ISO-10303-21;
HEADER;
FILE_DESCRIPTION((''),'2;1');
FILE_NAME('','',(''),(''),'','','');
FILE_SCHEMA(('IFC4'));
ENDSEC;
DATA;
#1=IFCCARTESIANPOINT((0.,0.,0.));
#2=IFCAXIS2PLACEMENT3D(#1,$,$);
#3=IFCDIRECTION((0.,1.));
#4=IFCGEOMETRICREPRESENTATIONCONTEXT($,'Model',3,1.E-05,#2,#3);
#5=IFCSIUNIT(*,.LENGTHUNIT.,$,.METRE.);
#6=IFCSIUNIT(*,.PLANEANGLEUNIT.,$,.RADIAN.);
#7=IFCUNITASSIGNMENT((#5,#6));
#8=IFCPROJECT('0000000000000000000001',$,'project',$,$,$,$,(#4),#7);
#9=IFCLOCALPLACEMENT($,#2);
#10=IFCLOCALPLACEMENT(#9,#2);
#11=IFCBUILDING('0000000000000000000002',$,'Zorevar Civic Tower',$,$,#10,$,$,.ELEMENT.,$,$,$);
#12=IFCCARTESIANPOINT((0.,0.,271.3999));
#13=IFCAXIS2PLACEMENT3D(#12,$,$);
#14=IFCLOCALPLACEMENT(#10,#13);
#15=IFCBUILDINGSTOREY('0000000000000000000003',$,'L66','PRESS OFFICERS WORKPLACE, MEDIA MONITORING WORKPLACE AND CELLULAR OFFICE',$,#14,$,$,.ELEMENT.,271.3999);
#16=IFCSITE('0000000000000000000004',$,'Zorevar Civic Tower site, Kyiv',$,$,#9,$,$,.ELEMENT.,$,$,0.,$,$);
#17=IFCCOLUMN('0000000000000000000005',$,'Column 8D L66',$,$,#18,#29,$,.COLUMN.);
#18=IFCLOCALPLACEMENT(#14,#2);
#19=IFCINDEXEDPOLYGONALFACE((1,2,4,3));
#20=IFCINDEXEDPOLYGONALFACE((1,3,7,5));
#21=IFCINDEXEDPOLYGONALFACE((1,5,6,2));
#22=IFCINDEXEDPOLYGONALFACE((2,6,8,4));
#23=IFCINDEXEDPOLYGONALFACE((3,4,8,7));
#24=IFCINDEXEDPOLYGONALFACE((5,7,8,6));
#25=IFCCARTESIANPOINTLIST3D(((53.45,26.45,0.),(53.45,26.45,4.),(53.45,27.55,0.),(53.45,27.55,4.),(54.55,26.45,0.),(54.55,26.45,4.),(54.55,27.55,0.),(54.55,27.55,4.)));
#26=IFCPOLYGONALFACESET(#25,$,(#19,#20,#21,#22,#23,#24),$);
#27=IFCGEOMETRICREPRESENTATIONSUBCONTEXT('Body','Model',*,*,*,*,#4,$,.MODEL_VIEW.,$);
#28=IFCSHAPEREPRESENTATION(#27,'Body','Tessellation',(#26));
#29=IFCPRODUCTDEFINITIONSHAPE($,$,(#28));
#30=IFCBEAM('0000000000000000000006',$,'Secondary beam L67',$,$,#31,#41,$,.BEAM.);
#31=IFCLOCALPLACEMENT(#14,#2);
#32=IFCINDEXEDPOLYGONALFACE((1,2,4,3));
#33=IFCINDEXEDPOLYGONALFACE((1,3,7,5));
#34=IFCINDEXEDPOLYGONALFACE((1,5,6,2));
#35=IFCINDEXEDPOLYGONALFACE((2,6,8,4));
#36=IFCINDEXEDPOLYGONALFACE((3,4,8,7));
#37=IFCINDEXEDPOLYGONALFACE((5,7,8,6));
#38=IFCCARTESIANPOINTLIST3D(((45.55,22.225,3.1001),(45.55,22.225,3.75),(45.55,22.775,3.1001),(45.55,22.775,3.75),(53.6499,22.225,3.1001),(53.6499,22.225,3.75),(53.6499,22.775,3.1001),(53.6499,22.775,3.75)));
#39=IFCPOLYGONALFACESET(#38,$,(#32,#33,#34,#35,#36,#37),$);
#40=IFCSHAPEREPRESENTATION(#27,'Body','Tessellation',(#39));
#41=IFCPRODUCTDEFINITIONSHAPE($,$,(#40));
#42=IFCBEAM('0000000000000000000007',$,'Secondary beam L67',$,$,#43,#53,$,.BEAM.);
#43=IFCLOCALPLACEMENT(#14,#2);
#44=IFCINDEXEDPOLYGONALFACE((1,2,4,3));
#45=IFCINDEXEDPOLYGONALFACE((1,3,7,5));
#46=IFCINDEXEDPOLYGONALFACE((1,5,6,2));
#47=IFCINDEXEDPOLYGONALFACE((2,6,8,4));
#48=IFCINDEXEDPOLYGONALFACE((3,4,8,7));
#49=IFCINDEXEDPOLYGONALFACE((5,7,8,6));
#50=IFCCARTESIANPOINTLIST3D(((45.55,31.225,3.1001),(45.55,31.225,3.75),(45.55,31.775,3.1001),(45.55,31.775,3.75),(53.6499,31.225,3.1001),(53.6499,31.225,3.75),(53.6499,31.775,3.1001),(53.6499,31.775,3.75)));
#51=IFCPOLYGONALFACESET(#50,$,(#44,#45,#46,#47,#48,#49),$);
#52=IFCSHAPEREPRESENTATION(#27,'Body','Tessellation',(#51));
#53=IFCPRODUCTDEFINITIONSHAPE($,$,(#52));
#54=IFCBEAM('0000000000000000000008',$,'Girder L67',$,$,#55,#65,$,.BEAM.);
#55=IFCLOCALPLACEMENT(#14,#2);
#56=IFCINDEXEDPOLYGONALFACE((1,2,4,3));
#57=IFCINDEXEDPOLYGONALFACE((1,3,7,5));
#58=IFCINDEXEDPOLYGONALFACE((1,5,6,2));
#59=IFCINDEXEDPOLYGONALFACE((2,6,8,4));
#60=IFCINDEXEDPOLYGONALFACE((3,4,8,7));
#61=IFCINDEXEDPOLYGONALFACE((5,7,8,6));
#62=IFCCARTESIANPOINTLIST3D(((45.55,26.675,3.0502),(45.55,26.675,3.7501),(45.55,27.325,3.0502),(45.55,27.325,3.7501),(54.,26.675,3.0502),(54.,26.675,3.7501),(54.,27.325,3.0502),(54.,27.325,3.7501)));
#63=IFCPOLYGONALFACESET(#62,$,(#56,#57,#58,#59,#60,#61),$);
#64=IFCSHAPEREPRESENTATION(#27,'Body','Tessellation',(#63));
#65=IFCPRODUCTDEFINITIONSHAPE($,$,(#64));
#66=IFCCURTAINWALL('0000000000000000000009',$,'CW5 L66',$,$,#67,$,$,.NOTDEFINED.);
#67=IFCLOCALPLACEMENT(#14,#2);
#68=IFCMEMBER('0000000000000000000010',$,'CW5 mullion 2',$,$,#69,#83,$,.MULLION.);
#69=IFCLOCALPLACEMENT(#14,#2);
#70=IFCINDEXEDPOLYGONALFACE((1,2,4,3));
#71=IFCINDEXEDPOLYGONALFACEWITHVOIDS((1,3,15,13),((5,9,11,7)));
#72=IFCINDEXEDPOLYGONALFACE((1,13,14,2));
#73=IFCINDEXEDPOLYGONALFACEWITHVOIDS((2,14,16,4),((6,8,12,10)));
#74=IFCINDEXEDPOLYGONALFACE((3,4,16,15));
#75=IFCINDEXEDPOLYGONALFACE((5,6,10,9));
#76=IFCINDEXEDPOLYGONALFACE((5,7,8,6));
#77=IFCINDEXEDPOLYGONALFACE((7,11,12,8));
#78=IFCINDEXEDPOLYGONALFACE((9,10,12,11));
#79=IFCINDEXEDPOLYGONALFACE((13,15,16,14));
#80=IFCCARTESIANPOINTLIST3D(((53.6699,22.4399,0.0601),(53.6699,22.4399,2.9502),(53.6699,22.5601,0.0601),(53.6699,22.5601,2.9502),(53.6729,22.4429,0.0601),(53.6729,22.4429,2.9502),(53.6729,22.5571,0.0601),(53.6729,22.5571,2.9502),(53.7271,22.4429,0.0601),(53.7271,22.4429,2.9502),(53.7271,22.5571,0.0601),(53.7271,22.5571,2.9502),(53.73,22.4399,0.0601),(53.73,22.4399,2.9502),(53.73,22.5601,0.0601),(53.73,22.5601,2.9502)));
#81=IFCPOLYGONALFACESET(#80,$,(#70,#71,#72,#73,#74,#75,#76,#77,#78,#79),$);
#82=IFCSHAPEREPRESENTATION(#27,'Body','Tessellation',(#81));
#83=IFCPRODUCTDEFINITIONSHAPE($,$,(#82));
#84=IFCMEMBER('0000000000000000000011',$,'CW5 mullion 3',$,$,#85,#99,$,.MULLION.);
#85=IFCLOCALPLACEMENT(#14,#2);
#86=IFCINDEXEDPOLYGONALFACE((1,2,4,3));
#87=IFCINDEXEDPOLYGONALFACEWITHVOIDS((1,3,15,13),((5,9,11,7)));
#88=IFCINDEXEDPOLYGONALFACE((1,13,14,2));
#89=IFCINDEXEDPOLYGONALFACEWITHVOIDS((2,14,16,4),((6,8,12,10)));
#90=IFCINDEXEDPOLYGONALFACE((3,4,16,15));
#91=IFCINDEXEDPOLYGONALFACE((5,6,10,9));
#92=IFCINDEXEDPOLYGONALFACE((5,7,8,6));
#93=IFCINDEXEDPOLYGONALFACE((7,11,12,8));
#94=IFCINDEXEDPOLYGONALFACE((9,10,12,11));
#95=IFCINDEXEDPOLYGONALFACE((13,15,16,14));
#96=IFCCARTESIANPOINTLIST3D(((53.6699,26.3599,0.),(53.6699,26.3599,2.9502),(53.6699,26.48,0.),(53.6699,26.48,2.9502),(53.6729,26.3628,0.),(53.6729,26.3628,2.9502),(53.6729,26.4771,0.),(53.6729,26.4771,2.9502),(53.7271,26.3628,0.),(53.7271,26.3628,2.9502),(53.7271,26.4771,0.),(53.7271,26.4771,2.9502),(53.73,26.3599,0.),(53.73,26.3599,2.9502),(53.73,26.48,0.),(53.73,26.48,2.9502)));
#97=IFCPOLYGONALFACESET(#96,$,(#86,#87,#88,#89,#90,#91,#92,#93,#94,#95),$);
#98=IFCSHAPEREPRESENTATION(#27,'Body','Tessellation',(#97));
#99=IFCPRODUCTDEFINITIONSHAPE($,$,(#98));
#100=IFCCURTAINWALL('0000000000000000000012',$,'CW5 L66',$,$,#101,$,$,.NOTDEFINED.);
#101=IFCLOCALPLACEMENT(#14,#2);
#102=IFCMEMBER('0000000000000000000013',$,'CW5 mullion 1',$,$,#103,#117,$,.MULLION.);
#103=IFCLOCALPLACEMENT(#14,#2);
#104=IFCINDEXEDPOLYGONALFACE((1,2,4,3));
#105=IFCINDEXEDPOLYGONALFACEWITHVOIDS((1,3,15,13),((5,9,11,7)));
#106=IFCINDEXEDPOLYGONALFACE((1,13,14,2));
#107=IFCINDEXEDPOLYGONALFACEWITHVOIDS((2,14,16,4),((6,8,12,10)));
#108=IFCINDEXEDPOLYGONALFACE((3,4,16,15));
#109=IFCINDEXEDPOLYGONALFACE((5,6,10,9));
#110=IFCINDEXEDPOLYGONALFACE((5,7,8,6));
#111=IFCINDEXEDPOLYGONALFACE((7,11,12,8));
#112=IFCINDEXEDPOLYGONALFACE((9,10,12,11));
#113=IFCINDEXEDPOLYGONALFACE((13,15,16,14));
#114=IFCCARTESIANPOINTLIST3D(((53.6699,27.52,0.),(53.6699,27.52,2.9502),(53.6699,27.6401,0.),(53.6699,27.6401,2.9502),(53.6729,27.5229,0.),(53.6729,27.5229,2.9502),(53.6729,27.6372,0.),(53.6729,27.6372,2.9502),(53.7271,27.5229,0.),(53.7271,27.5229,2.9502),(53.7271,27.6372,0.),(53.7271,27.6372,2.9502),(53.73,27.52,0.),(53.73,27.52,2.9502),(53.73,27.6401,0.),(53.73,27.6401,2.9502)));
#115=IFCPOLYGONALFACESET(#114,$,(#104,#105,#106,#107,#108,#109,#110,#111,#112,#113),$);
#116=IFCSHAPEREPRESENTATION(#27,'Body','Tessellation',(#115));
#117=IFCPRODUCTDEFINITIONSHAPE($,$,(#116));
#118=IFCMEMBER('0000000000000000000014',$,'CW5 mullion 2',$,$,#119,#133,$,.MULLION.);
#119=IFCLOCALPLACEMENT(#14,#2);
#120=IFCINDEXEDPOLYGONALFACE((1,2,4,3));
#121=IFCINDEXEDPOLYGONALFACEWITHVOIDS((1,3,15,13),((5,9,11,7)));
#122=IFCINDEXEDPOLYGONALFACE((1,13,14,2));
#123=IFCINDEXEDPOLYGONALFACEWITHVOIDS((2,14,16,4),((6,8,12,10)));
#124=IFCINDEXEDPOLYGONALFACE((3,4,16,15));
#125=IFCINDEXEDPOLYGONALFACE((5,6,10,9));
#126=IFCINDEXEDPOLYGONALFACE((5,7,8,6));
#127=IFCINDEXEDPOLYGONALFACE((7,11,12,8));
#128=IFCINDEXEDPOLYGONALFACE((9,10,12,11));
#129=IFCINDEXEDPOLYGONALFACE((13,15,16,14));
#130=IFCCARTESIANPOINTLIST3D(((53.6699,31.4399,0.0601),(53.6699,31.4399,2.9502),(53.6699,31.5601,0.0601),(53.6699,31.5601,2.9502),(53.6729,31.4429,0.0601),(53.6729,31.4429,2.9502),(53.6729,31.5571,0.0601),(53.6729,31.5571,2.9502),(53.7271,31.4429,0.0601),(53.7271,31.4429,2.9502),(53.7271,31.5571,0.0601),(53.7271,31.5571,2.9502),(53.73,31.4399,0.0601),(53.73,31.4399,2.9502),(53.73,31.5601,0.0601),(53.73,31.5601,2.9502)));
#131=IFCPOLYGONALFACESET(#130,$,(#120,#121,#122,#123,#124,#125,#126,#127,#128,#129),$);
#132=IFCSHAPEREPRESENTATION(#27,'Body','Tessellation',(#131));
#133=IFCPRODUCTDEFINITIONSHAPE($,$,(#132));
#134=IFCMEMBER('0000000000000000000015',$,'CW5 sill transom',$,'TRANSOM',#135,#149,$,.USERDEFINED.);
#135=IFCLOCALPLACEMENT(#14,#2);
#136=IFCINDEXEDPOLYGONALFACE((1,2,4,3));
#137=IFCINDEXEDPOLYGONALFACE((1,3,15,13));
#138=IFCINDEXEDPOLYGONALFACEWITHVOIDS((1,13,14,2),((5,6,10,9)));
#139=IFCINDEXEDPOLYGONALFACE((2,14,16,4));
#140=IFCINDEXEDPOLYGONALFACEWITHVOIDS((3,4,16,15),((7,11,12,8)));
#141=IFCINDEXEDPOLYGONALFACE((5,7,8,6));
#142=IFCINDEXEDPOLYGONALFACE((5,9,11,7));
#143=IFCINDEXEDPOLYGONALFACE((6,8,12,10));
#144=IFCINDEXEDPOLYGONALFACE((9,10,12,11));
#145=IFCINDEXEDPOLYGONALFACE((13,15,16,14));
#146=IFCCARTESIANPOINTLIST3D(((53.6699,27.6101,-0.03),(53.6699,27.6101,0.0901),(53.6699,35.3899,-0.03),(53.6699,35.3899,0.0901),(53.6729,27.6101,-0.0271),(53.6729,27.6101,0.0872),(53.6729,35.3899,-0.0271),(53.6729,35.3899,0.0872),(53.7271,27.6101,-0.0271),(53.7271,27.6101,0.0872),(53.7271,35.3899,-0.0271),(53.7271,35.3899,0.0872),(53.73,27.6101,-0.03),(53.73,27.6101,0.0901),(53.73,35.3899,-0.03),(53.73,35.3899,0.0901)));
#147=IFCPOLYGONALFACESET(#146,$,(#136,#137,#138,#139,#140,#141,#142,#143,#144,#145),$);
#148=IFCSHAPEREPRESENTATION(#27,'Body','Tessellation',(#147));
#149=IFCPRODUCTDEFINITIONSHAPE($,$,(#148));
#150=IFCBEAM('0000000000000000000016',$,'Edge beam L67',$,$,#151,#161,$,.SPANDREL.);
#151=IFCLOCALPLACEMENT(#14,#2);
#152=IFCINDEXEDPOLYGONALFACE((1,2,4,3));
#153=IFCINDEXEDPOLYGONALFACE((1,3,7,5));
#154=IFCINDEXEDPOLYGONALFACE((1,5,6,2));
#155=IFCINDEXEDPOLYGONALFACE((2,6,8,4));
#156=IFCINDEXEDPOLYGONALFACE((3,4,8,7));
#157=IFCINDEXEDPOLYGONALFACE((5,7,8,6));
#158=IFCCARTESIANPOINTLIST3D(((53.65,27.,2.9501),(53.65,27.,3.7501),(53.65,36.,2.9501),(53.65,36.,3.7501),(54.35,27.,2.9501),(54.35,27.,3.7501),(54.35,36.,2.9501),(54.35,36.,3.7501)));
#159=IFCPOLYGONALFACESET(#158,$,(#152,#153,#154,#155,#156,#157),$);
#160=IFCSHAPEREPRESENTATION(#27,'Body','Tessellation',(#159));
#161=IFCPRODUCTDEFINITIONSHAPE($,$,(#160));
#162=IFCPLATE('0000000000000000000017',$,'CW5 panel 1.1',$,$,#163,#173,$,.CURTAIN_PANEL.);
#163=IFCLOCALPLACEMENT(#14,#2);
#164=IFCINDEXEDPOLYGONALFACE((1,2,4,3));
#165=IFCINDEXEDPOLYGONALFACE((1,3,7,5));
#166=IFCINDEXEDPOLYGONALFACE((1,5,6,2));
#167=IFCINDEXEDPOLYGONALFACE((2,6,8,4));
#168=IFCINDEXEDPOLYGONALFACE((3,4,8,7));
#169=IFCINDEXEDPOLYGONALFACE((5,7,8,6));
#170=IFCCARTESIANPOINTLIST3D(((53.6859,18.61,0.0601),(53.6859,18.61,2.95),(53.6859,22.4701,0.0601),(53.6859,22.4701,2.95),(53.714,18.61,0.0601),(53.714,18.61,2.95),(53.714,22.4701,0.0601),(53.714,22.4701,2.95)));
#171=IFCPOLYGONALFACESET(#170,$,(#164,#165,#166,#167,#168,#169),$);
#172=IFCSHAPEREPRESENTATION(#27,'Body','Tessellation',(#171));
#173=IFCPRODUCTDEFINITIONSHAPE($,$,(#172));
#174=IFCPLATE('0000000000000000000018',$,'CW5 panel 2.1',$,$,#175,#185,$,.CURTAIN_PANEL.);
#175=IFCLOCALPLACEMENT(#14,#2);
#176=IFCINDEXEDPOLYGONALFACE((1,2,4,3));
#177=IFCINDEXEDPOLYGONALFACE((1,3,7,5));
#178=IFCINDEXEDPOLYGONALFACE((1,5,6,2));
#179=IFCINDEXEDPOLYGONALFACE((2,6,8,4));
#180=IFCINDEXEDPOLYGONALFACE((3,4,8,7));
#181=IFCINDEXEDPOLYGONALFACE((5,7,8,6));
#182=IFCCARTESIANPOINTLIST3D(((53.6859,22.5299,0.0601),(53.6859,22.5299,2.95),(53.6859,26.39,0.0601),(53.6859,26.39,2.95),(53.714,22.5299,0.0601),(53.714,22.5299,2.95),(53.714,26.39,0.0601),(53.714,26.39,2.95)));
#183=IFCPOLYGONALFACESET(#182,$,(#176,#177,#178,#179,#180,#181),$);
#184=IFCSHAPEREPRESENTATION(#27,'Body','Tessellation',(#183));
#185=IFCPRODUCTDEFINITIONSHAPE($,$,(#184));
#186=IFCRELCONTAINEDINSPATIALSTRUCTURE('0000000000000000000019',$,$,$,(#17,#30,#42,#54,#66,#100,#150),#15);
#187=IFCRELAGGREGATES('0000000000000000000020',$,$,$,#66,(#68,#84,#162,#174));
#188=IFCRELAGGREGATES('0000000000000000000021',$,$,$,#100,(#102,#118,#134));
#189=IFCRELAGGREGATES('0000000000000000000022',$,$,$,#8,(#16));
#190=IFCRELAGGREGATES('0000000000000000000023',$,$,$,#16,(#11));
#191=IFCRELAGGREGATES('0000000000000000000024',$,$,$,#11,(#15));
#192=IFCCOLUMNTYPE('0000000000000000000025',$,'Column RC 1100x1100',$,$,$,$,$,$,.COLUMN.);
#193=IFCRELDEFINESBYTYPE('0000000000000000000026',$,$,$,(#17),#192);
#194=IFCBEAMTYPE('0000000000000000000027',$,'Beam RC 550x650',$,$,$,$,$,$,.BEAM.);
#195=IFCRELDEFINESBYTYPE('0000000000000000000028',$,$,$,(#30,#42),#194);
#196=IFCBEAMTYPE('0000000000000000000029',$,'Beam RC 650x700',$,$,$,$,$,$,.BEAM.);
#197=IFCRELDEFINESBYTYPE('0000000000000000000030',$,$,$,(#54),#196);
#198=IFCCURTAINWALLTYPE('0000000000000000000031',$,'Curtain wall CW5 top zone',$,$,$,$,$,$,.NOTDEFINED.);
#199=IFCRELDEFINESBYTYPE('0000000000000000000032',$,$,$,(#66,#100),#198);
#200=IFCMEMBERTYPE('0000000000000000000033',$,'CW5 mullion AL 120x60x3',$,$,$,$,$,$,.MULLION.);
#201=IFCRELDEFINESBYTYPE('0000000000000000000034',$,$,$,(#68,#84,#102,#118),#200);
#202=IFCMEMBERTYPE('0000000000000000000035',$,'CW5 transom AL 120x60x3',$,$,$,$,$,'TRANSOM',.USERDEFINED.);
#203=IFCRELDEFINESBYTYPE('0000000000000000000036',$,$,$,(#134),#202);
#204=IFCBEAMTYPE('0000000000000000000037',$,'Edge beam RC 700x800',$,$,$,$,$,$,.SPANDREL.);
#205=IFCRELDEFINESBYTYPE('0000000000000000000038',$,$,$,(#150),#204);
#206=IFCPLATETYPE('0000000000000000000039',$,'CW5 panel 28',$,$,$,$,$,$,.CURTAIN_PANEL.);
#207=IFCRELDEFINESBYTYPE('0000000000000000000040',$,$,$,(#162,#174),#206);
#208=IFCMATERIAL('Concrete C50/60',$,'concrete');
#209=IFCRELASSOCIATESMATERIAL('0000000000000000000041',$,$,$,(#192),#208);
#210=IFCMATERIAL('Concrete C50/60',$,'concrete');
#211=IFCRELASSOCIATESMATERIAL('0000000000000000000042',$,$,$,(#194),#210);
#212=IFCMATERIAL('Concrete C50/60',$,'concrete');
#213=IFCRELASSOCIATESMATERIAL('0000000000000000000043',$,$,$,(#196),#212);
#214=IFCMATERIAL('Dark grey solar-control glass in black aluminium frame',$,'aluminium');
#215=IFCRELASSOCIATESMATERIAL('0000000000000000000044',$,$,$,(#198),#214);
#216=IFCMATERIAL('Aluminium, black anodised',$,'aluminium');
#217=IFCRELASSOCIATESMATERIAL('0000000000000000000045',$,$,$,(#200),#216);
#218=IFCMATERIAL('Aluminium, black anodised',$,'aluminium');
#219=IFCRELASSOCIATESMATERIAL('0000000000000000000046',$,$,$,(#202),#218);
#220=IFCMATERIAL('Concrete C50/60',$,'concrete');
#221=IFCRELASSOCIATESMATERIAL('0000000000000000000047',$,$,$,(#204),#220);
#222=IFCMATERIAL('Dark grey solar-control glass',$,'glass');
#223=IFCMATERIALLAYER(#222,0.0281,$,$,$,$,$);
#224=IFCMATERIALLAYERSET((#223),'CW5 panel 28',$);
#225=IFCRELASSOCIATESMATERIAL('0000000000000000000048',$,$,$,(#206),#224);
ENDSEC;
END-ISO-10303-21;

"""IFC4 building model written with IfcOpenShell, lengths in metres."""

from ifc_helpers import new_model, si_unit, direction, frame, origin, origin_2d, place, context, subcontext, project, spatial, rectangle, hollow_rectangle, extrude, material, layer, layer_set, material_profile, profile_set, type_object, element, aggregate, save


model = new_model("IFC4")

# Units and contexts
model_context = context("Model", 3, precision=1e-05, world=origin(), true_north=direction((0.0, 1.0)))
body_context = subcontext(model_context, "Body", "Model", "MODEL_VIEW")
ifc_project = project(units=[si_unit("LENGTHUNIT", "METRE"), si_unit("PLANEANGLEUNIT", "RADIAN")], contexts=[model_context])

# Site, building, storey
site_placement = place(None, origin())
site = spatial("IfcSite", under=ifc_project, at=site_placement, Name="Zorevar Civic Tower site, Kyiv", CompositionType="ELEMENT", RefElevation=0.0)
building_placement = place(site_placement, origin())
building = spatial("IfcBuilding", under=site, at=building_placement, Name="Zorevar Civic Tower", CompositionType="ELEMENT")
storey_placement = place(building_placement, frame((0.0, 0.0, 271.3999)))
storey = spatial("IfcBuildingStorey", under=building, at=storey_placement, Name="L66", Description="PRESS OFFICERS WORKPLACE, MEDIA MONITORING WORKPLACE AND CELLULAR OFFICE", CompositionType="ELEMENT", Elevation=271.3999)

# Column
ifc_material_1 = material(Name="Concrete C50/60", Category="concrete")
ifc_material_profile_1 = material_profile(ifc_material_1, rectangle(XDim=1.1001, YDim=1.1001, at=origin_2d()), Name="RC 1100x1100")
ifc_profile_set_1 = profile_set([ifc_material_profile_1], Name="Concrete C50/60")
column_type = type_object("IfcColumnType", Name="Column RC 1100x1100", PredefinedType="COLUMN", material=ifc_profile_set_1)
column_placement = place(storey_placement, frame((54.0, 27.0, 0.0), z_axis=(0.0, 0.0, 1.0), x_axis=(1.0, 0.0, 0.0)))
element("IfcColumn", 1, at=column_placement, inside=storey, type_object=column_type, Name="Column 8D L66", PredefinedType="COLUMN", context=body_context, shape_type="SweptSolid", body=[
    extrude(rectangle(XDim=1.1001, YDim=1.1001, at=origin_2d()), origin(), (0.0, 0.0, 1.0), 4.0),
])

# Beams
ifc_material_2 = material(Name="Concrete C50/60", Category="concrete")
ifc_material_profile_2 = material_profile(ifc_material_2, rectangle(XDim=0.55, YDim=0.6499, at=origin_2d()), Name="RC 550x650")
ifc_profile_set_2 = profile_set([ifc_material_profile_2], Name="Concrete C50/60")
beam_type_1 = type_object("IfcBeamType", Name="Beam RC 550x650", PredefinedType="BEAM", material=ifc_profile_set_2)
for number, where, z_axis, x_axis, name in (
    (2, (45.55, 22.5, 3.425), (1.0, 0.0, 0.0), (0.0, 1.0, 0.0), "Secondary beam L67"),
    (3, (45.55, 31.5, 3.425), (1.0, 0.0, 0.0), (0.0, 1.0, 0.0), "Secondary beam L67"),
):
    element("IfcBeam", number, at=place(storey_placement, frame(where, z_axis=z_axis, x_axis=x_axis)), inside=storey, type_object=beam_type_1, Name=name, PredefinedType="BEAM", context=body_context, shape_type="SweptSolid", body=[
        extrude(rectangle(XDim=0.55, YDim=0.6499, at=origin_2d()), origin(), (0.0, 0.0, 1.0), 8.0999),
    ])
ifc_material_3 = material(Name="Concrete C50/60", Category="concrete")
ifc_material_profile_3 = material_profile(ifc_material_3, rectangle(XDim=0.6499, YDim=0.7, at=origin_2d()), Name="RC 650x700")
ifc_profile_set_3 = profile_set([ifc_material_profile_3], Name="Concrete C50/60")
beam_type_2 = type_object("IfcBeamType", Name="Beam RC 650x700", PredefinedType="BEAM", material=ifc_profile_set_3)
beam_1_placement = place(storey_placement, frame((45.55, 27.0, 3.4001), z_axis=(1.0, 0.0, 0.0), x_axis=(0.0, 1.0, 0.0)))
element("IfcBeam", 4, at=beam_1_placement, inside=storey, type_object=beam_type_2, Name="Girder L67", PredefinedType="BEAM", context=body_context, shape_type="SweptSolid", body=[
    extrude(rectangle(XDim=0.6499, YDim=0.7, at=origin_2d()), origin(), (0.0, 0.0, 1.0), 8.45),
])

# Curtain walls, members
ifc_material_4 = material(Name="Dark grey solar-control glass in black aluminium frame", Category="aluminium")
curtain_wall_type = type_object("IfcCurtainWallType", Name="Curtain wall CW5 top zone", PredefinedType="NOTDEFINED", material=ifc_material_4)
curtain_wall_1_placement = place(storey_placement, origin())
curtain_wall_1 = element("IfcCurtainWall", 5, at=curtain_wall_1_placement, inside=storey, type_object=curtain_wall_type, Name="CW5 L66", PredefinedType="NOTDEFINED")
ifc_material_5 = material(Name="Aluminium, black anodised", Category="aluminium")
ifc_material_profile_4 = material_profile(ifc_material_5, hollow_rectangle(XDim=0.0601, YDim=0.1201, WallThickness=0.0029, at=origin_2d()), Name="AL 120x60x3")
ifc_profile_set_4 = profile_set([ifc_material_profile_4], Name="Aluminium, black anodised")
member_type_1 = type_object("IfcMemberType", Name="CW5 mullion AL 120x60x3", PredefinedType="MULLION", material=ifc_profile_set_4)
member_1_placement = place(storey_placement, frame((53.7, 22.5, 0.0601), z_axis=(0.0, 0.0, 1.0), x_axis=(-1.0, 0.0, 0.0)))
member_1 = element("IfcMember", 6, at=member_1_placement, type_object=member_type_1, Name="CW5 mullion 2", PredefinedType="MULLION", context=body_context, shape_type="SweptSolid", body=[
    extrude(hollow_rectangle(XDim=0.0601, YDim=0.1201, WallThickness=0.0029, at=origin_2d()), origin(), (0.0, 0.0, 1.0), 2.8901),
])
member_2_placement = place(storey_placement, frame((53.7, 26.4199, 0.0), z_axis=(0.0, 0.0, 1.0), x_axis=(-1.0, 0.0, 0.0)))
member_2 = element("IfcMember", 7, at=member_2_placement, type_object=member_type_1, Name="CW5 mullion 3", PredefinedType="MULLION", context=body_context, shape_type="SweptSolid", body=[
    extrude(hollow_rectangle(XDim=0.0601, YDim=0.1201, WallThickness=0.0029, at=origin_2d()), origin(), (0.0, 0.0, 1.0), 2.9502),
])
curtain_wall_2_placement = place(storey_placement, origin())
curtain_wall_2 = element("IfcCurtainWall", 8, at=curtain_wall_2_placement, inside=storey, type_object=curtain_wall_type, Name="CW5 L66", PredefinedType="NOTDEFINED")
member_3_placement = place(storey_placement, frame((53.7, 27.5801, 0.0), z_axis=(0.0, 0.0, 1.0), x_axis=(-1.0, 0.0, 0.0)))
member_3 = element("IfcMember", 9, at=member_3_placement, type_object=member_type_1, Name="CW5 mullion 1", PredefinedType="MULLION", context=body_context, shape_type="SweptSolid", body=[
    extrude(hollow_rectangle(XDim=0.0601, YDim=0.1201, WallThickness=0.0029, at=origin_2d()), origin(), (0.0, 0.0, 1.0), 2.9502),
])
member_4_placement = place(storey_placement, frame((53.7, 31.5, 0.0601), z_axis=(0.0, 0.0, 1.0), x_axis=(-1.0, 0.0, 0.0)))
member_4 = element("IfcMember", 10, at=member_4_placement, type_object=member_type_1, Name="CW5 mullion 2", PredefinedType="MULLION", context=body_context, shape_type="SweptSolid", body=[
    extrude(hollow_rectangle(XDim=0.0601, YDim=0.1201, WallThickness=0.0029, at=origin_2d()), origin(), (0.0, 0.0, 1.0), 2.8901),
])
ifc_material_6 = material(Name="Aluminium, black anodised", Category="aluminium")
ifc_material_profile_5 = material_profile(ifc_material_6, hollow_rectangle(XDim=0.0601, YDim=0.1201, WallThickness=0.0029, at=origin_2d()), Name="AL 120x60x3")
ifc_profile_set_5 = profile_set([ifc_material_profile_5], Name="Aluminium, black anodised")
member_type_2 = type_object("IfcMemberType", Name="CW5 transom AL 120x60x3", ElementType="TRANSOM", PredefinedType="USERDEFINED", material=ifc_profile_set_5)
member_5_placement = place(storey_placement, frame((53.7, 27.6101, 0.03), z_axis=(0.0, 1.0, 0.0), x_axis=(-1.0, 0.0, 0.0)))
member_5 = element("IfcMember", 11, at=member_5_placement, type_object=member_type_2, Name="CW5 sill transom", ObjectType="TRANSOM", PredefinedType="USERDEFINED", context=body_context, shape_type="SweptSolid", body=[
    extrude(hollow_rectangle(XDim=0.0601, YDim=0.1201, WallThickness=0.0029, at=origin_2d()), origin(), (0.0, 0.0, 1.0), 7.7798),
])

# Beam
ifc_material_7 = material(Name="Concrete C50/60", Category="concrete")
ifc_material_profile_6 = material_profile(ifc_material_7, rectangle(XDim=0.7, YDim=0.8, at=origin_2d()), Name="RC 700x800")
ifc_profile_set_6 = profile_set([ifc_material_profile_6], Name="Concrete C50/60")
beam_type_3 = type_object("IfcBeamType", Name="Edge beam RC 700x800", PredefinedType="SPANDREL", material=ifc_profile_set_6)
beam_2_placement = place(storey_placement, frame((54.0, 27.0, 3.3501), z_axis=(0.0, 1.0, 0.0), x_axis=(-1.0, 0.0, 0.0)))
element("IfcBeam", 12, at=beam_2_placement, inside=storey, type_object=beam_type_3, Name="Edge beam L67", PredefinedType="SPANDREL", context=body_context, shape_type="SweptSolid", body=[
    extrude(rectangle(XDim=0.7, YDim=0.8, at=origin_2d()), origin(), (0.0, 0.0, 1.0), 9.0),
])

# Plates
ifc_material_8 = material(Name="Dark grey solar-control glass", Category="glass")
ifc_layer_1 = layer(ifc_material_8, 0.0281)
ifc_layer_set_1 = layer_set([ifc_layer_1], Name="CW5 panel 28")
plate_type = type_object("IfcPlateType", Name="CW5 panel 28", PredefinedType="CURTAIN_PANEL", material=ifc_layer_set_1)
plate_1_placement = place(storey_placement, frame((53.7, 20.54, 0.0601), z_axis=(0.0, 0.0, 1.0), x_axis=(0.0, 1.0, 0.0)))
plate_1 = element("IfcPlate", 13, at=plate_1_placement, type_object=plate_type, Name="CW5 panel 1.1", PredefinedType="CURTAIN_PANEL", context=body_context, shape_type="SweptSolid", body=[
    extrude(rectangle(XDim=3.8601, YDim=0.0281, at=origin_2d()), origin(), (0.0, 0.0, 1.0), 2.8899),
])
plate_2_placement = place(storey_placement, frame((53.7, 24.46, 0.0601), z_axis=(0.0, 0.0, 1.0), x_axis=(0.0, 1.0, 0.0)))
plate_2 = element("IfcPlate", 14, at=plate_2_placement, type_object=plate_type, Name="CW5 panel 2.1", PredefinedType="CURTAIN_PANEL", context=body_context, shape_type="SweptSolid", body=[
    extrude(rectangle(XDim=3.8601, YDim=0.0281, at=origin_2d()), origin(), (0.0, 0.0, 1.0), 2.8899),
])
aggregate(curtain_wall_1, [member_1, member_2, plate_1, plate_2])
aggregate(curtain_wall_2, [member_3, member_4, member_5])

save(model, "model.ifc")
